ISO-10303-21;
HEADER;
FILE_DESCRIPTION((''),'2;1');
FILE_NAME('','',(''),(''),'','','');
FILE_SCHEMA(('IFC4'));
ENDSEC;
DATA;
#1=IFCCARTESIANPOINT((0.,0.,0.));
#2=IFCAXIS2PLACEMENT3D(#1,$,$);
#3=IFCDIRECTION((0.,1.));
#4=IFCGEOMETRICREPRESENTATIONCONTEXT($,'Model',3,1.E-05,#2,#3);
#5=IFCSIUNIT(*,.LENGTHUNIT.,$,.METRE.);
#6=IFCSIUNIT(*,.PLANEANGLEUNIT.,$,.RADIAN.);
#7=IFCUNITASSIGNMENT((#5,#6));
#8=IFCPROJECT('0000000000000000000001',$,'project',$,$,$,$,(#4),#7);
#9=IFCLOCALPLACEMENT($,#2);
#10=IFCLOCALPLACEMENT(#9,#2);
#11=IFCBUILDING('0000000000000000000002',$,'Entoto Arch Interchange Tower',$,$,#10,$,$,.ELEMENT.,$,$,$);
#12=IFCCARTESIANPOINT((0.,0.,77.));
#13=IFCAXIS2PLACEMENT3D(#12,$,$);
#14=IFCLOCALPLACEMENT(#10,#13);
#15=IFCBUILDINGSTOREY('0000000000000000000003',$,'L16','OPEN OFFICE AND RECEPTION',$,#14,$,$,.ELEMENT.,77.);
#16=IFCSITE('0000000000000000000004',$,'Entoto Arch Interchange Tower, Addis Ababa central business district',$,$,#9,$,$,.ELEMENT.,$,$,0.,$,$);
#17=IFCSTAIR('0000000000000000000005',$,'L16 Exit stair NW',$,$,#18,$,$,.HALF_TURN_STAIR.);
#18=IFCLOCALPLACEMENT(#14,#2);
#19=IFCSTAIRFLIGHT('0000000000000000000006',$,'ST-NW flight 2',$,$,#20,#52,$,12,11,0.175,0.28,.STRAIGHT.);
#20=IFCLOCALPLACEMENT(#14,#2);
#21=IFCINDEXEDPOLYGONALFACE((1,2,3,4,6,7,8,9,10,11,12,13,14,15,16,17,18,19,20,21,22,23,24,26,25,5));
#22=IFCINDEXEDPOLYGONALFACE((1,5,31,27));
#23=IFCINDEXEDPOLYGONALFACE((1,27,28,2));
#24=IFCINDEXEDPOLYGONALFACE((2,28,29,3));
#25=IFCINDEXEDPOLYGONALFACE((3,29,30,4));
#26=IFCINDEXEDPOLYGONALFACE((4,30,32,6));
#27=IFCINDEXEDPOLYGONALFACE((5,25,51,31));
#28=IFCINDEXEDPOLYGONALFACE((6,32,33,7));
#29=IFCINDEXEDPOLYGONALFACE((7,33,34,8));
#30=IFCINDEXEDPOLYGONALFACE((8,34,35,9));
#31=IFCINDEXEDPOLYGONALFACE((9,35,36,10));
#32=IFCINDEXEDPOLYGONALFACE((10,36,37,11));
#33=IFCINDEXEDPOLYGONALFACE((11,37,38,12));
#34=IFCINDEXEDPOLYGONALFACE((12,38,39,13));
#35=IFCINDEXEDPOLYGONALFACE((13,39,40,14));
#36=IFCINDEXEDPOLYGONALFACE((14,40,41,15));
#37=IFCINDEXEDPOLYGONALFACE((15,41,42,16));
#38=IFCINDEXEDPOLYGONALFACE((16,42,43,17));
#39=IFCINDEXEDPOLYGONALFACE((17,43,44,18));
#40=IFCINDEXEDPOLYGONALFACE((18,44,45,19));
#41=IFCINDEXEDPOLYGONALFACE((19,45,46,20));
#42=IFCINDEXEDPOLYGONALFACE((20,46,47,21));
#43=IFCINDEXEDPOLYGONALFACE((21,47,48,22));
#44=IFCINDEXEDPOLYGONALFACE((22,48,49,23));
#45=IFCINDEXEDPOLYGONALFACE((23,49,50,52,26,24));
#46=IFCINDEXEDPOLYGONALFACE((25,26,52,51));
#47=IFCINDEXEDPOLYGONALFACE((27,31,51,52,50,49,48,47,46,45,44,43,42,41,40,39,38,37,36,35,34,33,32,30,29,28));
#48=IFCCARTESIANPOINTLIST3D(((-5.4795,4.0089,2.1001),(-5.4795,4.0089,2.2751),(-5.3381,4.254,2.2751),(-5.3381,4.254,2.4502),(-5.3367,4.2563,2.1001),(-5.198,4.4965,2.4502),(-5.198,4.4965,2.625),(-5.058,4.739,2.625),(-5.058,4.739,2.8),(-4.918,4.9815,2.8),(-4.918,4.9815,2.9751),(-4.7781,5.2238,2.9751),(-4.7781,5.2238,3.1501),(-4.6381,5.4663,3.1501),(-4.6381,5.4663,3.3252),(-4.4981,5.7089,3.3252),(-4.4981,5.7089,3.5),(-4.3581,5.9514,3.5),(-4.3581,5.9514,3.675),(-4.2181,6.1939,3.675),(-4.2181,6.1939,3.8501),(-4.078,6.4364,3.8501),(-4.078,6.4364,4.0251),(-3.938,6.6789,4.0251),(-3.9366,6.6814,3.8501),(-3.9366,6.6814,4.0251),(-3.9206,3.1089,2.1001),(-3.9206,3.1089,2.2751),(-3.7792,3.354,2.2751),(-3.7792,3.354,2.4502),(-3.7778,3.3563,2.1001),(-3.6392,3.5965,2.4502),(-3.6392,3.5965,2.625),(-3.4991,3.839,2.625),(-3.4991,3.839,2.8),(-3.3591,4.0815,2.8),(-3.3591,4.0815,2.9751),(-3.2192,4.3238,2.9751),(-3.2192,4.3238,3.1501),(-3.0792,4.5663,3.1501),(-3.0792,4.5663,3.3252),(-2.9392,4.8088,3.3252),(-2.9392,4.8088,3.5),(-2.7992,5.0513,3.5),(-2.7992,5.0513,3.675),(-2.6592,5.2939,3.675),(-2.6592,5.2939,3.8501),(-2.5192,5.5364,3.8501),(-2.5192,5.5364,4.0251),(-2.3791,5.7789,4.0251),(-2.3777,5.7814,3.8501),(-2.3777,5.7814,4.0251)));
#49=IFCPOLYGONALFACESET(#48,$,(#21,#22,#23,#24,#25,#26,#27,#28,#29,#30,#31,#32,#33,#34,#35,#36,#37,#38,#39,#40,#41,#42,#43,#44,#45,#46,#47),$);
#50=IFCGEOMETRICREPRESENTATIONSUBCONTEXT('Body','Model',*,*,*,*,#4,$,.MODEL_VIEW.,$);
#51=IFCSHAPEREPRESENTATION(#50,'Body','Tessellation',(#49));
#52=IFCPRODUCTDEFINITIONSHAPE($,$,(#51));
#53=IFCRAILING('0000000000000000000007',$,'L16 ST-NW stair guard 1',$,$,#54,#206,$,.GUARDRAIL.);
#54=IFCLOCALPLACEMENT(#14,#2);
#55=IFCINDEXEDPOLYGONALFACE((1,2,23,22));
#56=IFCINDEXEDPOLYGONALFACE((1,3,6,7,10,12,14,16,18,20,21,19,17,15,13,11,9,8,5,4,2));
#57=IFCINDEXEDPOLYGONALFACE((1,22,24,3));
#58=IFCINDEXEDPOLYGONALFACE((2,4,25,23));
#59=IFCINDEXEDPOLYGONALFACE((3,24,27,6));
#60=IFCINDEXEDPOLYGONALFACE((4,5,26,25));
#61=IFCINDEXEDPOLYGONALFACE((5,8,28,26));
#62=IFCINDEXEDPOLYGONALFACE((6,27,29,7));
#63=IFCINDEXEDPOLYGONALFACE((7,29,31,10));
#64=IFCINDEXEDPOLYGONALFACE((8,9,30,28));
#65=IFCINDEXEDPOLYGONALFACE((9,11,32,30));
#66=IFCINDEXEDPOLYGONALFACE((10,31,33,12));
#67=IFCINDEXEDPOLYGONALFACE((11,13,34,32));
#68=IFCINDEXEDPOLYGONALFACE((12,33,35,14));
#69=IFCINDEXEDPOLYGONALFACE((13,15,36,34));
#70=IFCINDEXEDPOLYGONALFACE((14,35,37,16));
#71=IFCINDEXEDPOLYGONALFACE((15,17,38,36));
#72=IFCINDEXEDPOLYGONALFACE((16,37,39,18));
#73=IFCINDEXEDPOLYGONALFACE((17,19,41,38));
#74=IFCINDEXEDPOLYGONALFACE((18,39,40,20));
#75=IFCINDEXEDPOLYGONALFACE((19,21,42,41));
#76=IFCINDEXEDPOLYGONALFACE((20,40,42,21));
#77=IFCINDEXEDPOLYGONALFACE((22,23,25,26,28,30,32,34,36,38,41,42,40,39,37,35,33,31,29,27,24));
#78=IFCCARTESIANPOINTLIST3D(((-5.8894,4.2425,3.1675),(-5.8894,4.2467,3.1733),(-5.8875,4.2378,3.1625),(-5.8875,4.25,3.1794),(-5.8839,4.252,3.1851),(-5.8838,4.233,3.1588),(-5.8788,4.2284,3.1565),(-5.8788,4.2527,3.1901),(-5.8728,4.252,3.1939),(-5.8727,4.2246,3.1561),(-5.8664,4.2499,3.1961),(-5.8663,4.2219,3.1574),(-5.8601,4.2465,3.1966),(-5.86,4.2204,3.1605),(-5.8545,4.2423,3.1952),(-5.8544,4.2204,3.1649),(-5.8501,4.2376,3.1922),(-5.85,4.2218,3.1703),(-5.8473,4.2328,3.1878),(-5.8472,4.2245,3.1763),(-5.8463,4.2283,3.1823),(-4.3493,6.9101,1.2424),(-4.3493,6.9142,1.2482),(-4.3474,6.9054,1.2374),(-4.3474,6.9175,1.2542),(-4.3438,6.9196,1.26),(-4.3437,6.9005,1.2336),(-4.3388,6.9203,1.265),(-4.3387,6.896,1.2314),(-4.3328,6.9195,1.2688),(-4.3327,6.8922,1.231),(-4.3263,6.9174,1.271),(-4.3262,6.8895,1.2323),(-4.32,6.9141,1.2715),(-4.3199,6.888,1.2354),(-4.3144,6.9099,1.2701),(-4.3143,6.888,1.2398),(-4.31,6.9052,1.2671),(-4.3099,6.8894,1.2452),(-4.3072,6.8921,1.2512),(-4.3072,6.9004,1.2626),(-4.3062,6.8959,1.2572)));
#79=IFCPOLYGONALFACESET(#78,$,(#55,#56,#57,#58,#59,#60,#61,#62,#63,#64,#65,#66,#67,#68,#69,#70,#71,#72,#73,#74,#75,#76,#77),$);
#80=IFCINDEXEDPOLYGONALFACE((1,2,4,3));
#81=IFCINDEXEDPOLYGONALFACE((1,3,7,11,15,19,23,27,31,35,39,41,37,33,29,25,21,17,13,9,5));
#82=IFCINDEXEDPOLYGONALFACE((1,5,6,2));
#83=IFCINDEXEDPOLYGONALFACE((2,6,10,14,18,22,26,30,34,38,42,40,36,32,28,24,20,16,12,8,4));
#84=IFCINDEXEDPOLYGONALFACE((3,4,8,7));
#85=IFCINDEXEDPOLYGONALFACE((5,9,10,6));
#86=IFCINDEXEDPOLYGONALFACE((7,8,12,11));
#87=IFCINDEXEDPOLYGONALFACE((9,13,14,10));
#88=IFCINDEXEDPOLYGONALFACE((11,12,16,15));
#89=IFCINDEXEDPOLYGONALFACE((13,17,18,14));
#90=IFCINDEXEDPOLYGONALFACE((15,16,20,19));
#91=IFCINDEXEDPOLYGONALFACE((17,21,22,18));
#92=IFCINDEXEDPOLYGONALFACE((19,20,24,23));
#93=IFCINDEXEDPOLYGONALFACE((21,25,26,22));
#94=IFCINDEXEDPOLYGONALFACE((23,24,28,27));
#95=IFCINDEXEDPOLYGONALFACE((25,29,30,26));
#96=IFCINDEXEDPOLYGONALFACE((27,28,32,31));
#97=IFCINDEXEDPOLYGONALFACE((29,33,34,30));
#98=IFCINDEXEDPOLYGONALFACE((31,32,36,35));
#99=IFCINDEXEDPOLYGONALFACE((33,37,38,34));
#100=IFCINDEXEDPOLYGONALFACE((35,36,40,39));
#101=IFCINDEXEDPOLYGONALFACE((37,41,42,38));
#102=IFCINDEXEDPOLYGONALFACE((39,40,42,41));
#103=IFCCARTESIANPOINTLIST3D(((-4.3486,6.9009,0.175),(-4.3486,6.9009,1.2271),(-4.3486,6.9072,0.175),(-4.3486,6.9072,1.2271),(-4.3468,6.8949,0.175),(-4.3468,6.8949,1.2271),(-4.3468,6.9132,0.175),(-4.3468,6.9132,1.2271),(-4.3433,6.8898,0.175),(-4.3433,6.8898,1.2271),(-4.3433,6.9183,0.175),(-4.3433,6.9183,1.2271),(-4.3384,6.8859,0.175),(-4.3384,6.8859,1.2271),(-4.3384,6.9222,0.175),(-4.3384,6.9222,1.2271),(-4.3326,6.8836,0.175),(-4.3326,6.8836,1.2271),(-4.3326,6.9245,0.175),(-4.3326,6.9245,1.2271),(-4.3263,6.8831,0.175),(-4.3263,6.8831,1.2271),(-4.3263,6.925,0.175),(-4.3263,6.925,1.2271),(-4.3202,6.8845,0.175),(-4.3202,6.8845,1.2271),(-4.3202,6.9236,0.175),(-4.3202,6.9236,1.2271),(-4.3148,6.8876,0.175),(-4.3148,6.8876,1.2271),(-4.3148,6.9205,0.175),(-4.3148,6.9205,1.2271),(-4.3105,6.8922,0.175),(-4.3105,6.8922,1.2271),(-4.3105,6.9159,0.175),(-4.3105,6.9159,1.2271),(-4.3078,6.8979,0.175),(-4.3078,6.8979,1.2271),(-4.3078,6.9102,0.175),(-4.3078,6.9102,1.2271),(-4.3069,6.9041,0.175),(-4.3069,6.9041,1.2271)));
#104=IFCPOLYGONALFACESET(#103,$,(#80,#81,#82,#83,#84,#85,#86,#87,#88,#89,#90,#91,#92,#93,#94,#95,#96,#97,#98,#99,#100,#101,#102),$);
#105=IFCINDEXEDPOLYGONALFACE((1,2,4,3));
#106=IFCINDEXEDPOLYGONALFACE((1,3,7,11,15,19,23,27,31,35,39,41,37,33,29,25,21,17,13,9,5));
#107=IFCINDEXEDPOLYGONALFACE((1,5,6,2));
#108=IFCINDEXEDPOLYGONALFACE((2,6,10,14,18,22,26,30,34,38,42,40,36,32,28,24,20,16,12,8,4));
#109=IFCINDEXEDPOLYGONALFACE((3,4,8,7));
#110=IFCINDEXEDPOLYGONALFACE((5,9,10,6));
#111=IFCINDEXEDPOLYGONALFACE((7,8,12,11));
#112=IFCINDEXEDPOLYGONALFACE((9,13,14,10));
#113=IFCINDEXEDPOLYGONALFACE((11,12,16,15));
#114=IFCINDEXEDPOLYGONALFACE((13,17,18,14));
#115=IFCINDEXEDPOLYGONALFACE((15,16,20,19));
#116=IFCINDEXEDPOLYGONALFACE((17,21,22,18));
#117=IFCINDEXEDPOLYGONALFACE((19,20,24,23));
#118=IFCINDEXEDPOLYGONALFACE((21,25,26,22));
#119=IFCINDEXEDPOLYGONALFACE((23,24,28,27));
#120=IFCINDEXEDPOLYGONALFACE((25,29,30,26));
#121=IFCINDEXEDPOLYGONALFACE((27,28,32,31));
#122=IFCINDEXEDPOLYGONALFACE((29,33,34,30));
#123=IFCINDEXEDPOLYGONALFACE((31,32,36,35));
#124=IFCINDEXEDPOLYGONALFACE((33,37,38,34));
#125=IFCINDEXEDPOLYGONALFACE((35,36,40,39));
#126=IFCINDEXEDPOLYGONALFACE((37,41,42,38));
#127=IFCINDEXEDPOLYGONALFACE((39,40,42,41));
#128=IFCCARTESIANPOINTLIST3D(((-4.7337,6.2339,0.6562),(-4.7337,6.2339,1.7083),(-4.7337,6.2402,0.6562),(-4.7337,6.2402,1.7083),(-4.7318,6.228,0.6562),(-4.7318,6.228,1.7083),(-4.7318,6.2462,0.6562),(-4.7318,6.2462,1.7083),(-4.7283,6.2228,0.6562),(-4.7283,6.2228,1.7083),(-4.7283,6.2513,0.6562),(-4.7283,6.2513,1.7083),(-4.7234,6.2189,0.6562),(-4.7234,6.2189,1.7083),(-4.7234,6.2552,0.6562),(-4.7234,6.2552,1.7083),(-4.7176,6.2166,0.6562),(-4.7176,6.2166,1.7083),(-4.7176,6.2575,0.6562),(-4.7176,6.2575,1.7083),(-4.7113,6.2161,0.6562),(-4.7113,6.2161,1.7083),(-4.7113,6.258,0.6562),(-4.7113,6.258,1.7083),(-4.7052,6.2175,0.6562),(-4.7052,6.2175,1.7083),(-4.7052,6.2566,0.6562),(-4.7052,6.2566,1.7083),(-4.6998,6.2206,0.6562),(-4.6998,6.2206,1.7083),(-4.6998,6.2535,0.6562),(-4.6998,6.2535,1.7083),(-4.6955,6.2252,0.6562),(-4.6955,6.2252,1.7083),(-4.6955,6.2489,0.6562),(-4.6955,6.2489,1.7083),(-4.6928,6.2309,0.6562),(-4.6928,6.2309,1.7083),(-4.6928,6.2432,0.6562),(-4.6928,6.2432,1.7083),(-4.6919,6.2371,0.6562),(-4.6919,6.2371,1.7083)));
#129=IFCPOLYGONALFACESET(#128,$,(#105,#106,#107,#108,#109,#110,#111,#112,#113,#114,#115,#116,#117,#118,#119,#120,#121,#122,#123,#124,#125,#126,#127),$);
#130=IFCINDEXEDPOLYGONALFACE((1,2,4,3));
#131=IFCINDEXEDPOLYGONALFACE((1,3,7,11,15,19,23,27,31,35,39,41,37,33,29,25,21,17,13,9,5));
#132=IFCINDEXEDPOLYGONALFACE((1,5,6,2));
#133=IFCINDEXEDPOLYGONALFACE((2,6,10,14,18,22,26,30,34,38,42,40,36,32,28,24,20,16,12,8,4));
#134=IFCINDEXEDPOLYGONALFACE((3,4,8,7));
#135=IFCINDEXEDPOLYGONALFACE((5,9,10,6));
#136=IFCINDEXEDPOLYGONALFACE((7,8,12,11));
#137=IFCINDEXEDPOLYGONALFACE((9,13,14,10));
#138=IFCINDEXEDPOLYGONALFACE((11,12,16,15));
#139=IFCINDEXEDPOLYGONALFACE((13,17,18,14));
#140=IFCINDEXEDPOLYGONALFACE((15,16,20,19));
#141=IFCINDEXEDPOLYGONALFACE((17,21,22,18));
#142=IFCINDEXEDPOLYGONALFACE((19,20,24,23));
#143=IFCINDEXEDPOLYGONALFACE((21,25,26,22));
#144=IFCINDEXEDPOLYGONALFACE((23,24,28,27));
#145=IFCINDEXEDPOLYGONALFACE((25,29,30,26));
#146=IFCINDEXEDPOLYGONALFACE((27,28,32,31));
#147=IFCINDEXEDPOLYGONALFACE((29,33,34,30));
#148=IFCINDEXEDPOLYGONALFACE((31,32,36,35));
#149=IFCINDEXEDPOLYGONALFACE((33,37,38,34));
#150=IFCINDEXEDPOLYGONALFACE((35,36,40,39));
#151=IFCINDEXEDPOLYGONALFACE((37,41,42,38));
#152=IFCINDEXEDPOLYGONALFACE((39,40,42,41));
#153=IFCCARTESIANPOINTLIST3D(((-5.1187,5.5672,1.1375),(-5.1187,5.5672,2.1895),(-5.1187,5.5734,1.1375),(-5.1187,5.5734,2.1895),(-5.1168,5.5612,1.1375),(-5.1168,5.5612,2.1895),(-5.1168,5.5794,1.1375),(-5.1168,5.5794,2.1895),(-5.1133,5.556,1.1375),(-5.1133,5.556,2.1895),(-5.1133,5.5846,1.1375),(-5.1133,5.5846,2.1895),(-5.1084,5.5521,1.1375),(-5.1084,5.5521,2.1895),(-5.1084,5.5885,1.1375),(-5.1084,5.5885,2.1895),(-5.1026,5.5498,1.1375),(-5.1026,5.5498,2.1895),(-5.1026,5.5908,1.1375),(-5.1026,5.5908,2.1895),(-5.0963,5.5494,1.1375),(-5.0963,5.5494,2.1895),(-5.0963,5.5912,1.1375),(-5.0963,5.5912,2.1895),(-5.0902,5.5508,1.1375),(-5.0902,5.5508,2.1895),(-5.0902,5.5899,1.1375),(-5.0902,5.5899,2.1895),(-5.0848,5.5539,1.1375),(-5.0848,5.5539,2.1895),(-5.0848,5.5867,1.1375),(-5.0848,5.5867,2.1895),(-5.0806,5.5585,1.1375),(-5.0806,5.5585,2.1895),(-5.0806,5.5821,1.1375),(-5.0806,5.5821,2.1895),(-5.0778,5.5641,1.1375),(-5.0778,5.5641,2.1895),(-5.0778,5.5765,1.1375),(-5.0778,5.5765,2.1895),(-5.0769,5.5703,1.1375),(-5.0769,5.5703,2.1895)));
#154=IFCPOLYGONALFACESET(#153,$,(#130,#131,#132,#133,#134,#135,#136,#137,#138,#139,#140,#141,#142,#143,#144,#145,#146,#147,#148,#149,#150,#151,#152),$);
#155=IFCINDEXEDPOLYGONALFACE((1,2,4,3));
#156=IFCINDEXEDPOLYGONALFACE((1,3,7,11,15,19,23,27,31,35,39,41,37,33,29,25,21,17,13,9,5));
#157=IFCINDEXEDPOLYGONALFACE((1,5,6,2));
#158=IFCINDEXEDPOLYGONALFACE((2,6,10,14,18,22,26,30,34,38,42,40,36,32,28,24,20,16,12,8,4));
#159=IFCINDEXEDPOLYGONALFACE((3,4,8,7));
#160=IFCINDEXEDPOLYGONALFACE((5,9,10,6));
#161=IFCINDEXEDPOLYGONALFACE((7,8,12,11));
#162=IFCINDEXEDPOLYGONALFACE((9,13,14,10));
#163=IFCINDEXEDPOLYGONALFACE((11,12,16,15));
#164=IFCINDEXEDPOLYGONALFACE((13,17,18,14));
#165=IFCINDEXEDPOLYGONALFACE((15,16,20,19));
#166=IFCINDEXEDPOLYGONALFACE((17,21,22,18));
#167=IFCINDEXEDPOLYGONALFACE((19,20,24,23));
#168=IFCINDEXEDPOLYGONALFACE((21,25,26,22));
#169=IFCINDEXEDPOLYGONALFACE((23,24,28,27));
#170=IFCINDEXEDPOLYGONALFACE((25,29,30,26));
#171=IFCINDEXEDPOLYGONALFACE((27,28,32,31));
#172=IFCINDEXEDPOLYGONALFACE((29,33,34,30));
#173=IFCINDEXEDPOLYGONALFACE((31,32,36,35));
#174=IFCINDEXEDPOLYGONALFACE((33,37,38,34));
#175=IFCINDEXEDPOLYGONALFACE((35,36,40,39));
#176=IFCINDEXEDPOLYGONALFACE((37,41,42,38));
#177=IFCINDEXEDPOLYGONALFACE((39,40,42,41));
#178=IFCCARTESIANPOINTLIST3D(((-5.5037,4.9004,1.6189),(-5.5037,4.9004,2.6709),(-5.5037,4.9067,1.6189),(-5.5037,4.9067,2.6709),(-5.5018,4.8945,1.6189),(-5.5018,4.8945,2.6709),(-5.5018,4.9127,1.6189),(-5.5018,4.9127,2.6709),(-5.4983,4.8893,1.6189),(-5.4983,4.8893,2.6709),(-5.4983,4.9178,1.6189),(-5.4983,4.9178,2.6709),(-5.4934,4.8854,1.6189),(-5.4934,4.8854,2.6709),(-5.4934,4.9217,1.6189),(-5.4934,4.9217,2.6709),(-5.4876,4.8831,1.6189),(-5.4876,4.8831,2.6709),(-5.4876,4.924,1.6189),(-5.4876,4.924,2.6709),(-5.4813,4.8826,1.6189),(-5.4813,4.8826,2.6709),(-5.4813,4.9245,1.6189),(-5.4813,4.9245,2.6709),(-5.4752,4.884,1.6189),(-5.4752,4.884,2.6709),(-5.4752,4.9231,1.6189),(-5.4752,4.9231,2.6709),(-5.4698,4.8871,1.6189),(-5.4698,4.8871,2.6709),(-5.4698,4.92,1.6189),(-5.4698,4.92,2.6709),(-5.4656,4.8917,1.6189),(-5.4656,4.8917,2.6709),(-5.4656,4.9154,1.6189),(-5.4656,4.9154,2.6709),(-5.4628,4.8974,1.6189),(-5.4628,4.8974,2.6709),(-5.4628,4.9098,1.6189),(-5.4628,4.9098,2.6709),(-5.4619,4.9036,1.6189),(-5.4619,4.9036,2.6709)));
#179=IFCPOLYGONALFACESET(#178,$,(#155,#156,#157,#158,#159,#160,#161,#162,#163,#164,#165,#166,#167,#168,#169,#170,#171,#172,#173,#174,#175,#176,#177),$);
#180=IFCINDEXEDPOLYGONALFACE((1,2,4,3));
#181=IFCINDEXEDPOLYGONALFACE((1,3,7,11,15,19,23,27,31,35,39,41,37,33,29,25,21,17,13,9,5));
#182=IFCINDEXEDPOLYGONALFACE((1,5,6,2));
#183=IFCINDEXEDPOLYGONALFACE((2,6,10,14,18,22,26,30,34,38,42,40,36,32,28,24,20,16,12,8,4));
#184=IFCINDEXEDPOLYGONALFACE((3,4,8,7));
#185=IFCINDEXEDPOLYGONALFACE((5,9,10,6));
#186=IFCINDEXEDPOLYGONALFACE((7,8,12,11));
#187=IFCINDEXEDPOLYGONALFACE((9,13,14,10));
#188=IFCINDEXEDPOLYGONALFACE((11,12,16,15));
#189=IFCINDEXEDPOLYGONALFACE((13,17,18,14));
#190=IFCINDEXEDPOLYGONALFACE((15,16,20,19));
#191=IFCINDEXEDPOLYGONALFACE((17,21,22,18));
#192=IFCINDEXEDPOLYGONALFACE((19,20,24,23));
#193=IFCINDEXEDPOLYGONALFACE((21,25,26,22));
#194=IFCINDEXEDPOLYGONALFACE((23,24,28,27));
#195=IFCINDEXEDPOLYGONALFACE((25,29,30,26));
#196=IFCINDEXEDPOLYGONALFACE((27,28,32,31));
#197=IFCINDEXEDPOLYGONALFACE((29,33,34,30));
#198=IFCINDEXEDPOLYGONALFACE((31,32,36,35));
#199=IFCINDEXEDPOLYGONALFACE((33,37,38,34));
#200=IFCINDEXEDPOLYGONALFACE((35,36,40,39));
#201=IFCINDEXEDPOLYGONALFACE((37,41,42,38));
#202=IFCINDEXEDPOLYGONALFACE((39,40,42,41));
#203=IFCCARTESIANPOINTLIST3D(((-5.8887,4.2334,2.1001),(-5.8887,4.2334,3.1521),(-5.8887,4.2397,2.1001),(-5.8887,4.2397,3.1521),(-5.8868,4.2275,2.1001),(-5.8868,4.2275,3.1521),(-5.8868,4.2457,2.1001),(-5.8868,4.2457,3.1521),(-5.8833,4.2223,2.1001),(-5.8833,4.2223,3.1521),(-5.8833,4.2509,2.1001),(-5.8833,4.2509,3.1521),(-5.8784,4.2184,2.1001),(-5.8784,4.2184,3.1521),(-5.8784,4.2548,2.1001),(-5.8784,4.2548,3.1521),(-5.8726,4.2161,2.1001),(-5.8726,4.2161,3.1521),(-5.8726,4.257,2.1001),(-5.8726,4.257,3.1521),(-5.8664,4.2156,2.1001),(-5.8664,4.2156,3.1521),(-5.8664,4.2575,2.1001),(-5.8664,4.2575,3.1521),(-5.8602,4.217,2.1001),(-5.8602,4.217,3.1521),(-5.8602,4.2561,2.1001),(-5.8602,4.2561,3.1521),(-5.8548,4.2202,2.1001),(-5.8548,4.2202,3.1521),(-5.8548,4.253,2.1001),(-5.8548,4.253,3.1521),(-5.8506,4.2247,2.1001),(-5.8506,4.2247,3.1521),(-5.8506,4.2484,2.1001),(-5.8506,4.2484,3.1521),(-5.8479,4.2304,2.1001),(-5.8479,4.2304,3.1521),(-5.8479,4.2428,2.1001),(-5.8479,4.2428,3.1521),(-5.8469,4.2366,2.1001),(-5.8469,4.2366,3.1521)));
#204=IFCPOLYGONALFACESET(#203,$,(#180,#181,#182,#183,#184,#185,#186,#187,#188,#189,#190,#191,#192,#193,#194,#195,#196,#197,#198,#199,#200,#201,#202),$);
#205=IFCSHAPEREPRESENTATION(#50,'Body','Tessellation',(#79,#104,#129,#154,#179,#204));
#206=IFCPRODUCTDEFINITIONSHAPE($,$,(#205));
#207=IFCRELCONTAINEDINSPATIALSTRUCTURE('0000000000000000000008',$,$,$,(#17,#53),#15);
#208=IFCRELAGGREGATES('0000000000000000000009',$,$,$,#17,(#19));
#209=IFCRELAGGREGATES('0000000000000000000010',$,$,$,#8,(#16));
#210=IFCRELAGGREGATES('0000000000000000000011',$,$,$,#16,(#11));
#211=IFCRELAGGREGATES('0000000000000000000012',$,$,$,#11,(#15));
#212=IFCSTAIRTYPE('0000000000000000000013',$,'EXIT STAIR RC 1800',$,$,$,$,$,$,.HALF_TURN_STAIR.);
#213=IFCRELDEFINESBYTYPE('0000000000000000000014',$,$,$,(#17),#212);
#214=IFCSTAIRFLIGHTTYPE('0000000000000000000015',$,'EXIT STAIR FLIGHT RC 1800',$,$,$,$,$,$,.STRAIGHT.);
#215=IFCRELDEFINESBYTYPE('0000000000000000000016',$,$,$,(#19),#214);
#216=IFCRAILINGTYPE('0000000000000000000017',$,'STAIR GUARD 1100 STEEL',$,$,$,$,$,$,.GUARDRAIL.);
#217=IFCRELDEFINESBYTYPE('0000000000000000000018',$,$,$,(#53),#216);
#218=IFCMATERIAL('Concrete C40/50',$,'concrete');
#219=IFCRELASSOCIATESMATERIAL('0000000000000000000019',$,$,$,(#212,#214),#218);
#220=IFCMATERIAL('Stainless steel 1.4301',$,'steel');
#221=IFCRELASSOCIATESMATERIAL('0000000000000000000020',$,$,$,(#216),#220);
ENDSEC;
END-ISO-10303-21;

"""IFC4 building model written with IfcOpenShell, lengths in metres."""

from ifc_helpers import new_model, si_unit, direction, frame, origin, origin_2d, place, context, subcontext, project, spatial, polyline, circle, outline, extrude, material, type_object, element, aggregate, save


model = new_model("IFC4")

# Units and contexts
model_context = context("Model", 3, precision=1e-05, world=origin(), true_north=direction((0.0, 1.0)))
body_context = subcontext(model_context, "Body", "Model", "MODEL_VIEW")
ifc_project = project(units=[si_unit("LENGTHUNIT", "METRE"), si_unit("PLANEANGLEUNIT", "RADIAN")], contexts=[model_context])

# Site, building, storey
site_placement = place(None, origin())
site = spatial("IfcSite", under=ifc_project, at=site_placement, Name="Entoto Arch Interchange Tower, Addis Ababa central business district", CompositionType="ELEMENT", RefElevation=0.0)
building_placement = place(site_placement, origin())
building = spatial("IfcBuilding", under=site, at=building_placement, Name="Entoto Arch Interchange Tower", CompositionType="ELEMENT")
storey_placement = place(building_placement, frame((0.0, 0.0, 77.0)))
storey = spatial("IfcBuildingStorey", under=building, at=storey_placement, Name="L16", Description="OPEN OFFICE AND RECEPTION", CompositionType="ELEMENT", Elevation=77.0)

# Shared definitions
ifc_material_1 = material(Name="Concrete C40/50", Category="concrete")

# Stair, stair flight
stair_type = type_object("IfcStairType", Name="EXIT STAIR RC 1800", PredefinedType="HALF_TURN_STAIR", material=ifc_material_1)
stair_placement = place(storey_placement, origin())
stair = element("IfcStair", 1, at=stair_placement, inside=storey, type_object=stair_type, Name="L16 Exit stair NW", PredefinedType="HALF_TURN_STAIR")
stair_flight_type = type_object("IfcStairFlightType", Name="EXIT STAIR FLIGHT RC 1800", PredefinedType="STRAIGHT", material=ifc_material_1)
stair_flight_1_placement = place(storey_placement, frame((-4.6987, 3.5615, 2.1001), z_axis=(0.0, 0.0, 1.0), x_axis=(0.5, 0.866025, 0.0)))
stair_flight_1 = element("IfcStairFlight", 2, at=stair_flight_1_placement, type_object=stair_flight_type, Name="ST-NW flight 2", NumberOfRisers=12, NumberOfTreads=11, PredefinedType="STRAIGHT", RiserHeight=0.175, TreadLength=0.28, context=body_context, shape_type="SweptSolid", body=[
    extrude(outline(polyline([(-0.0029, 0.0), (-0.0029, 0.175), (0.28, 0.175), (0.28, 0.3501), (0.5601, 0.3501), (0.5601, 0.5249), (0.8401, 0.5249), (0.8401, 0.7), (1.1201, 0.7), (1.1201, 0.875), (1.3999, 0.875), (1.3999, 1.05), (1.6799, 1.05), (1.6799, 1.2251), (1.96, 1.2251), (1.96, 1.3999), (2.24, 1.3999), (2.24, 1.575), (2.52, 1.575), (2.52, 1.75), (2.8, 1.75), (2.8, 1.925), (3.0801, 1.925), (3.083, 1.925), (3.083, 1.75), (0.2827, 0.0), (-0.0029, 0.0)])), frame((0.0, 0.8999, 0.0), z_axis=(0.0, -1.0, 0.0), x_axis=(1.0, 0.0, 0.0)), (0.0, 0.0, 1.0), 1.8),
])
aggregate(stair, [stair_flight_1])

# Railing
ifc_material_2 = material(Name="Stainless steel 1.4301", Category="steel")
railing_type_1 = type_object("IfcRailingType", Name="STAIR GUARD 1100 STEEL", PredefinedType="GUARDRAIL", material=ifc_material_2)
railing_1_placement = place(storey_placement, frame((-4.3279, 6.9041, 0.175)))
element("IfcRailing", 3, at=railing_1_placement, inside=storey, type_object=railing_type_1, Name="L16 ST-NW stair guard 1", PredefinedType="GUARDRAIL", context=body_context, shape_type="SweptSolid", body=[
    extrude(circle(Radius=0.0239, at=origin_2d()), frame((0.0, 0.0, 1.0762), z_axis=(-0.423994, -0.734395, 0.529993), x_axis=(0.86603, -0.499992, 0.0)), (0.0, 0.0, 1.0), 3.6323),
    extrude(circle(Radius=0.021, at=origin_2d()), origin(), (0.0, 0.0, 1.0), 1.052),
    extrude(circle(Radius=0.021, at=origin_2d()), frame((-0.385, -0.667, 0.4812)), (0.0, 0.0, 1.0), 1.052),
    extrude(circle(Radius=0.021, at=origin_2d()), frame((-0.77, -1.3337, 0.9624)), (0.0, 0.0, 1.0), 1.052),
    extrude(circle(Radius=0.021, at=origin_2d()), frame((-1.155, -2.0005, 1.4438)), (0.0, 0.0, 1.0), 1.052),
    extrude(circle(Radius=0.021, at=origin_2d()), frame((-1.54, -2.6675, 1.925)), (0.0, 0.0, 1.0), 1.052),
])

save(model, "model.ifc")
